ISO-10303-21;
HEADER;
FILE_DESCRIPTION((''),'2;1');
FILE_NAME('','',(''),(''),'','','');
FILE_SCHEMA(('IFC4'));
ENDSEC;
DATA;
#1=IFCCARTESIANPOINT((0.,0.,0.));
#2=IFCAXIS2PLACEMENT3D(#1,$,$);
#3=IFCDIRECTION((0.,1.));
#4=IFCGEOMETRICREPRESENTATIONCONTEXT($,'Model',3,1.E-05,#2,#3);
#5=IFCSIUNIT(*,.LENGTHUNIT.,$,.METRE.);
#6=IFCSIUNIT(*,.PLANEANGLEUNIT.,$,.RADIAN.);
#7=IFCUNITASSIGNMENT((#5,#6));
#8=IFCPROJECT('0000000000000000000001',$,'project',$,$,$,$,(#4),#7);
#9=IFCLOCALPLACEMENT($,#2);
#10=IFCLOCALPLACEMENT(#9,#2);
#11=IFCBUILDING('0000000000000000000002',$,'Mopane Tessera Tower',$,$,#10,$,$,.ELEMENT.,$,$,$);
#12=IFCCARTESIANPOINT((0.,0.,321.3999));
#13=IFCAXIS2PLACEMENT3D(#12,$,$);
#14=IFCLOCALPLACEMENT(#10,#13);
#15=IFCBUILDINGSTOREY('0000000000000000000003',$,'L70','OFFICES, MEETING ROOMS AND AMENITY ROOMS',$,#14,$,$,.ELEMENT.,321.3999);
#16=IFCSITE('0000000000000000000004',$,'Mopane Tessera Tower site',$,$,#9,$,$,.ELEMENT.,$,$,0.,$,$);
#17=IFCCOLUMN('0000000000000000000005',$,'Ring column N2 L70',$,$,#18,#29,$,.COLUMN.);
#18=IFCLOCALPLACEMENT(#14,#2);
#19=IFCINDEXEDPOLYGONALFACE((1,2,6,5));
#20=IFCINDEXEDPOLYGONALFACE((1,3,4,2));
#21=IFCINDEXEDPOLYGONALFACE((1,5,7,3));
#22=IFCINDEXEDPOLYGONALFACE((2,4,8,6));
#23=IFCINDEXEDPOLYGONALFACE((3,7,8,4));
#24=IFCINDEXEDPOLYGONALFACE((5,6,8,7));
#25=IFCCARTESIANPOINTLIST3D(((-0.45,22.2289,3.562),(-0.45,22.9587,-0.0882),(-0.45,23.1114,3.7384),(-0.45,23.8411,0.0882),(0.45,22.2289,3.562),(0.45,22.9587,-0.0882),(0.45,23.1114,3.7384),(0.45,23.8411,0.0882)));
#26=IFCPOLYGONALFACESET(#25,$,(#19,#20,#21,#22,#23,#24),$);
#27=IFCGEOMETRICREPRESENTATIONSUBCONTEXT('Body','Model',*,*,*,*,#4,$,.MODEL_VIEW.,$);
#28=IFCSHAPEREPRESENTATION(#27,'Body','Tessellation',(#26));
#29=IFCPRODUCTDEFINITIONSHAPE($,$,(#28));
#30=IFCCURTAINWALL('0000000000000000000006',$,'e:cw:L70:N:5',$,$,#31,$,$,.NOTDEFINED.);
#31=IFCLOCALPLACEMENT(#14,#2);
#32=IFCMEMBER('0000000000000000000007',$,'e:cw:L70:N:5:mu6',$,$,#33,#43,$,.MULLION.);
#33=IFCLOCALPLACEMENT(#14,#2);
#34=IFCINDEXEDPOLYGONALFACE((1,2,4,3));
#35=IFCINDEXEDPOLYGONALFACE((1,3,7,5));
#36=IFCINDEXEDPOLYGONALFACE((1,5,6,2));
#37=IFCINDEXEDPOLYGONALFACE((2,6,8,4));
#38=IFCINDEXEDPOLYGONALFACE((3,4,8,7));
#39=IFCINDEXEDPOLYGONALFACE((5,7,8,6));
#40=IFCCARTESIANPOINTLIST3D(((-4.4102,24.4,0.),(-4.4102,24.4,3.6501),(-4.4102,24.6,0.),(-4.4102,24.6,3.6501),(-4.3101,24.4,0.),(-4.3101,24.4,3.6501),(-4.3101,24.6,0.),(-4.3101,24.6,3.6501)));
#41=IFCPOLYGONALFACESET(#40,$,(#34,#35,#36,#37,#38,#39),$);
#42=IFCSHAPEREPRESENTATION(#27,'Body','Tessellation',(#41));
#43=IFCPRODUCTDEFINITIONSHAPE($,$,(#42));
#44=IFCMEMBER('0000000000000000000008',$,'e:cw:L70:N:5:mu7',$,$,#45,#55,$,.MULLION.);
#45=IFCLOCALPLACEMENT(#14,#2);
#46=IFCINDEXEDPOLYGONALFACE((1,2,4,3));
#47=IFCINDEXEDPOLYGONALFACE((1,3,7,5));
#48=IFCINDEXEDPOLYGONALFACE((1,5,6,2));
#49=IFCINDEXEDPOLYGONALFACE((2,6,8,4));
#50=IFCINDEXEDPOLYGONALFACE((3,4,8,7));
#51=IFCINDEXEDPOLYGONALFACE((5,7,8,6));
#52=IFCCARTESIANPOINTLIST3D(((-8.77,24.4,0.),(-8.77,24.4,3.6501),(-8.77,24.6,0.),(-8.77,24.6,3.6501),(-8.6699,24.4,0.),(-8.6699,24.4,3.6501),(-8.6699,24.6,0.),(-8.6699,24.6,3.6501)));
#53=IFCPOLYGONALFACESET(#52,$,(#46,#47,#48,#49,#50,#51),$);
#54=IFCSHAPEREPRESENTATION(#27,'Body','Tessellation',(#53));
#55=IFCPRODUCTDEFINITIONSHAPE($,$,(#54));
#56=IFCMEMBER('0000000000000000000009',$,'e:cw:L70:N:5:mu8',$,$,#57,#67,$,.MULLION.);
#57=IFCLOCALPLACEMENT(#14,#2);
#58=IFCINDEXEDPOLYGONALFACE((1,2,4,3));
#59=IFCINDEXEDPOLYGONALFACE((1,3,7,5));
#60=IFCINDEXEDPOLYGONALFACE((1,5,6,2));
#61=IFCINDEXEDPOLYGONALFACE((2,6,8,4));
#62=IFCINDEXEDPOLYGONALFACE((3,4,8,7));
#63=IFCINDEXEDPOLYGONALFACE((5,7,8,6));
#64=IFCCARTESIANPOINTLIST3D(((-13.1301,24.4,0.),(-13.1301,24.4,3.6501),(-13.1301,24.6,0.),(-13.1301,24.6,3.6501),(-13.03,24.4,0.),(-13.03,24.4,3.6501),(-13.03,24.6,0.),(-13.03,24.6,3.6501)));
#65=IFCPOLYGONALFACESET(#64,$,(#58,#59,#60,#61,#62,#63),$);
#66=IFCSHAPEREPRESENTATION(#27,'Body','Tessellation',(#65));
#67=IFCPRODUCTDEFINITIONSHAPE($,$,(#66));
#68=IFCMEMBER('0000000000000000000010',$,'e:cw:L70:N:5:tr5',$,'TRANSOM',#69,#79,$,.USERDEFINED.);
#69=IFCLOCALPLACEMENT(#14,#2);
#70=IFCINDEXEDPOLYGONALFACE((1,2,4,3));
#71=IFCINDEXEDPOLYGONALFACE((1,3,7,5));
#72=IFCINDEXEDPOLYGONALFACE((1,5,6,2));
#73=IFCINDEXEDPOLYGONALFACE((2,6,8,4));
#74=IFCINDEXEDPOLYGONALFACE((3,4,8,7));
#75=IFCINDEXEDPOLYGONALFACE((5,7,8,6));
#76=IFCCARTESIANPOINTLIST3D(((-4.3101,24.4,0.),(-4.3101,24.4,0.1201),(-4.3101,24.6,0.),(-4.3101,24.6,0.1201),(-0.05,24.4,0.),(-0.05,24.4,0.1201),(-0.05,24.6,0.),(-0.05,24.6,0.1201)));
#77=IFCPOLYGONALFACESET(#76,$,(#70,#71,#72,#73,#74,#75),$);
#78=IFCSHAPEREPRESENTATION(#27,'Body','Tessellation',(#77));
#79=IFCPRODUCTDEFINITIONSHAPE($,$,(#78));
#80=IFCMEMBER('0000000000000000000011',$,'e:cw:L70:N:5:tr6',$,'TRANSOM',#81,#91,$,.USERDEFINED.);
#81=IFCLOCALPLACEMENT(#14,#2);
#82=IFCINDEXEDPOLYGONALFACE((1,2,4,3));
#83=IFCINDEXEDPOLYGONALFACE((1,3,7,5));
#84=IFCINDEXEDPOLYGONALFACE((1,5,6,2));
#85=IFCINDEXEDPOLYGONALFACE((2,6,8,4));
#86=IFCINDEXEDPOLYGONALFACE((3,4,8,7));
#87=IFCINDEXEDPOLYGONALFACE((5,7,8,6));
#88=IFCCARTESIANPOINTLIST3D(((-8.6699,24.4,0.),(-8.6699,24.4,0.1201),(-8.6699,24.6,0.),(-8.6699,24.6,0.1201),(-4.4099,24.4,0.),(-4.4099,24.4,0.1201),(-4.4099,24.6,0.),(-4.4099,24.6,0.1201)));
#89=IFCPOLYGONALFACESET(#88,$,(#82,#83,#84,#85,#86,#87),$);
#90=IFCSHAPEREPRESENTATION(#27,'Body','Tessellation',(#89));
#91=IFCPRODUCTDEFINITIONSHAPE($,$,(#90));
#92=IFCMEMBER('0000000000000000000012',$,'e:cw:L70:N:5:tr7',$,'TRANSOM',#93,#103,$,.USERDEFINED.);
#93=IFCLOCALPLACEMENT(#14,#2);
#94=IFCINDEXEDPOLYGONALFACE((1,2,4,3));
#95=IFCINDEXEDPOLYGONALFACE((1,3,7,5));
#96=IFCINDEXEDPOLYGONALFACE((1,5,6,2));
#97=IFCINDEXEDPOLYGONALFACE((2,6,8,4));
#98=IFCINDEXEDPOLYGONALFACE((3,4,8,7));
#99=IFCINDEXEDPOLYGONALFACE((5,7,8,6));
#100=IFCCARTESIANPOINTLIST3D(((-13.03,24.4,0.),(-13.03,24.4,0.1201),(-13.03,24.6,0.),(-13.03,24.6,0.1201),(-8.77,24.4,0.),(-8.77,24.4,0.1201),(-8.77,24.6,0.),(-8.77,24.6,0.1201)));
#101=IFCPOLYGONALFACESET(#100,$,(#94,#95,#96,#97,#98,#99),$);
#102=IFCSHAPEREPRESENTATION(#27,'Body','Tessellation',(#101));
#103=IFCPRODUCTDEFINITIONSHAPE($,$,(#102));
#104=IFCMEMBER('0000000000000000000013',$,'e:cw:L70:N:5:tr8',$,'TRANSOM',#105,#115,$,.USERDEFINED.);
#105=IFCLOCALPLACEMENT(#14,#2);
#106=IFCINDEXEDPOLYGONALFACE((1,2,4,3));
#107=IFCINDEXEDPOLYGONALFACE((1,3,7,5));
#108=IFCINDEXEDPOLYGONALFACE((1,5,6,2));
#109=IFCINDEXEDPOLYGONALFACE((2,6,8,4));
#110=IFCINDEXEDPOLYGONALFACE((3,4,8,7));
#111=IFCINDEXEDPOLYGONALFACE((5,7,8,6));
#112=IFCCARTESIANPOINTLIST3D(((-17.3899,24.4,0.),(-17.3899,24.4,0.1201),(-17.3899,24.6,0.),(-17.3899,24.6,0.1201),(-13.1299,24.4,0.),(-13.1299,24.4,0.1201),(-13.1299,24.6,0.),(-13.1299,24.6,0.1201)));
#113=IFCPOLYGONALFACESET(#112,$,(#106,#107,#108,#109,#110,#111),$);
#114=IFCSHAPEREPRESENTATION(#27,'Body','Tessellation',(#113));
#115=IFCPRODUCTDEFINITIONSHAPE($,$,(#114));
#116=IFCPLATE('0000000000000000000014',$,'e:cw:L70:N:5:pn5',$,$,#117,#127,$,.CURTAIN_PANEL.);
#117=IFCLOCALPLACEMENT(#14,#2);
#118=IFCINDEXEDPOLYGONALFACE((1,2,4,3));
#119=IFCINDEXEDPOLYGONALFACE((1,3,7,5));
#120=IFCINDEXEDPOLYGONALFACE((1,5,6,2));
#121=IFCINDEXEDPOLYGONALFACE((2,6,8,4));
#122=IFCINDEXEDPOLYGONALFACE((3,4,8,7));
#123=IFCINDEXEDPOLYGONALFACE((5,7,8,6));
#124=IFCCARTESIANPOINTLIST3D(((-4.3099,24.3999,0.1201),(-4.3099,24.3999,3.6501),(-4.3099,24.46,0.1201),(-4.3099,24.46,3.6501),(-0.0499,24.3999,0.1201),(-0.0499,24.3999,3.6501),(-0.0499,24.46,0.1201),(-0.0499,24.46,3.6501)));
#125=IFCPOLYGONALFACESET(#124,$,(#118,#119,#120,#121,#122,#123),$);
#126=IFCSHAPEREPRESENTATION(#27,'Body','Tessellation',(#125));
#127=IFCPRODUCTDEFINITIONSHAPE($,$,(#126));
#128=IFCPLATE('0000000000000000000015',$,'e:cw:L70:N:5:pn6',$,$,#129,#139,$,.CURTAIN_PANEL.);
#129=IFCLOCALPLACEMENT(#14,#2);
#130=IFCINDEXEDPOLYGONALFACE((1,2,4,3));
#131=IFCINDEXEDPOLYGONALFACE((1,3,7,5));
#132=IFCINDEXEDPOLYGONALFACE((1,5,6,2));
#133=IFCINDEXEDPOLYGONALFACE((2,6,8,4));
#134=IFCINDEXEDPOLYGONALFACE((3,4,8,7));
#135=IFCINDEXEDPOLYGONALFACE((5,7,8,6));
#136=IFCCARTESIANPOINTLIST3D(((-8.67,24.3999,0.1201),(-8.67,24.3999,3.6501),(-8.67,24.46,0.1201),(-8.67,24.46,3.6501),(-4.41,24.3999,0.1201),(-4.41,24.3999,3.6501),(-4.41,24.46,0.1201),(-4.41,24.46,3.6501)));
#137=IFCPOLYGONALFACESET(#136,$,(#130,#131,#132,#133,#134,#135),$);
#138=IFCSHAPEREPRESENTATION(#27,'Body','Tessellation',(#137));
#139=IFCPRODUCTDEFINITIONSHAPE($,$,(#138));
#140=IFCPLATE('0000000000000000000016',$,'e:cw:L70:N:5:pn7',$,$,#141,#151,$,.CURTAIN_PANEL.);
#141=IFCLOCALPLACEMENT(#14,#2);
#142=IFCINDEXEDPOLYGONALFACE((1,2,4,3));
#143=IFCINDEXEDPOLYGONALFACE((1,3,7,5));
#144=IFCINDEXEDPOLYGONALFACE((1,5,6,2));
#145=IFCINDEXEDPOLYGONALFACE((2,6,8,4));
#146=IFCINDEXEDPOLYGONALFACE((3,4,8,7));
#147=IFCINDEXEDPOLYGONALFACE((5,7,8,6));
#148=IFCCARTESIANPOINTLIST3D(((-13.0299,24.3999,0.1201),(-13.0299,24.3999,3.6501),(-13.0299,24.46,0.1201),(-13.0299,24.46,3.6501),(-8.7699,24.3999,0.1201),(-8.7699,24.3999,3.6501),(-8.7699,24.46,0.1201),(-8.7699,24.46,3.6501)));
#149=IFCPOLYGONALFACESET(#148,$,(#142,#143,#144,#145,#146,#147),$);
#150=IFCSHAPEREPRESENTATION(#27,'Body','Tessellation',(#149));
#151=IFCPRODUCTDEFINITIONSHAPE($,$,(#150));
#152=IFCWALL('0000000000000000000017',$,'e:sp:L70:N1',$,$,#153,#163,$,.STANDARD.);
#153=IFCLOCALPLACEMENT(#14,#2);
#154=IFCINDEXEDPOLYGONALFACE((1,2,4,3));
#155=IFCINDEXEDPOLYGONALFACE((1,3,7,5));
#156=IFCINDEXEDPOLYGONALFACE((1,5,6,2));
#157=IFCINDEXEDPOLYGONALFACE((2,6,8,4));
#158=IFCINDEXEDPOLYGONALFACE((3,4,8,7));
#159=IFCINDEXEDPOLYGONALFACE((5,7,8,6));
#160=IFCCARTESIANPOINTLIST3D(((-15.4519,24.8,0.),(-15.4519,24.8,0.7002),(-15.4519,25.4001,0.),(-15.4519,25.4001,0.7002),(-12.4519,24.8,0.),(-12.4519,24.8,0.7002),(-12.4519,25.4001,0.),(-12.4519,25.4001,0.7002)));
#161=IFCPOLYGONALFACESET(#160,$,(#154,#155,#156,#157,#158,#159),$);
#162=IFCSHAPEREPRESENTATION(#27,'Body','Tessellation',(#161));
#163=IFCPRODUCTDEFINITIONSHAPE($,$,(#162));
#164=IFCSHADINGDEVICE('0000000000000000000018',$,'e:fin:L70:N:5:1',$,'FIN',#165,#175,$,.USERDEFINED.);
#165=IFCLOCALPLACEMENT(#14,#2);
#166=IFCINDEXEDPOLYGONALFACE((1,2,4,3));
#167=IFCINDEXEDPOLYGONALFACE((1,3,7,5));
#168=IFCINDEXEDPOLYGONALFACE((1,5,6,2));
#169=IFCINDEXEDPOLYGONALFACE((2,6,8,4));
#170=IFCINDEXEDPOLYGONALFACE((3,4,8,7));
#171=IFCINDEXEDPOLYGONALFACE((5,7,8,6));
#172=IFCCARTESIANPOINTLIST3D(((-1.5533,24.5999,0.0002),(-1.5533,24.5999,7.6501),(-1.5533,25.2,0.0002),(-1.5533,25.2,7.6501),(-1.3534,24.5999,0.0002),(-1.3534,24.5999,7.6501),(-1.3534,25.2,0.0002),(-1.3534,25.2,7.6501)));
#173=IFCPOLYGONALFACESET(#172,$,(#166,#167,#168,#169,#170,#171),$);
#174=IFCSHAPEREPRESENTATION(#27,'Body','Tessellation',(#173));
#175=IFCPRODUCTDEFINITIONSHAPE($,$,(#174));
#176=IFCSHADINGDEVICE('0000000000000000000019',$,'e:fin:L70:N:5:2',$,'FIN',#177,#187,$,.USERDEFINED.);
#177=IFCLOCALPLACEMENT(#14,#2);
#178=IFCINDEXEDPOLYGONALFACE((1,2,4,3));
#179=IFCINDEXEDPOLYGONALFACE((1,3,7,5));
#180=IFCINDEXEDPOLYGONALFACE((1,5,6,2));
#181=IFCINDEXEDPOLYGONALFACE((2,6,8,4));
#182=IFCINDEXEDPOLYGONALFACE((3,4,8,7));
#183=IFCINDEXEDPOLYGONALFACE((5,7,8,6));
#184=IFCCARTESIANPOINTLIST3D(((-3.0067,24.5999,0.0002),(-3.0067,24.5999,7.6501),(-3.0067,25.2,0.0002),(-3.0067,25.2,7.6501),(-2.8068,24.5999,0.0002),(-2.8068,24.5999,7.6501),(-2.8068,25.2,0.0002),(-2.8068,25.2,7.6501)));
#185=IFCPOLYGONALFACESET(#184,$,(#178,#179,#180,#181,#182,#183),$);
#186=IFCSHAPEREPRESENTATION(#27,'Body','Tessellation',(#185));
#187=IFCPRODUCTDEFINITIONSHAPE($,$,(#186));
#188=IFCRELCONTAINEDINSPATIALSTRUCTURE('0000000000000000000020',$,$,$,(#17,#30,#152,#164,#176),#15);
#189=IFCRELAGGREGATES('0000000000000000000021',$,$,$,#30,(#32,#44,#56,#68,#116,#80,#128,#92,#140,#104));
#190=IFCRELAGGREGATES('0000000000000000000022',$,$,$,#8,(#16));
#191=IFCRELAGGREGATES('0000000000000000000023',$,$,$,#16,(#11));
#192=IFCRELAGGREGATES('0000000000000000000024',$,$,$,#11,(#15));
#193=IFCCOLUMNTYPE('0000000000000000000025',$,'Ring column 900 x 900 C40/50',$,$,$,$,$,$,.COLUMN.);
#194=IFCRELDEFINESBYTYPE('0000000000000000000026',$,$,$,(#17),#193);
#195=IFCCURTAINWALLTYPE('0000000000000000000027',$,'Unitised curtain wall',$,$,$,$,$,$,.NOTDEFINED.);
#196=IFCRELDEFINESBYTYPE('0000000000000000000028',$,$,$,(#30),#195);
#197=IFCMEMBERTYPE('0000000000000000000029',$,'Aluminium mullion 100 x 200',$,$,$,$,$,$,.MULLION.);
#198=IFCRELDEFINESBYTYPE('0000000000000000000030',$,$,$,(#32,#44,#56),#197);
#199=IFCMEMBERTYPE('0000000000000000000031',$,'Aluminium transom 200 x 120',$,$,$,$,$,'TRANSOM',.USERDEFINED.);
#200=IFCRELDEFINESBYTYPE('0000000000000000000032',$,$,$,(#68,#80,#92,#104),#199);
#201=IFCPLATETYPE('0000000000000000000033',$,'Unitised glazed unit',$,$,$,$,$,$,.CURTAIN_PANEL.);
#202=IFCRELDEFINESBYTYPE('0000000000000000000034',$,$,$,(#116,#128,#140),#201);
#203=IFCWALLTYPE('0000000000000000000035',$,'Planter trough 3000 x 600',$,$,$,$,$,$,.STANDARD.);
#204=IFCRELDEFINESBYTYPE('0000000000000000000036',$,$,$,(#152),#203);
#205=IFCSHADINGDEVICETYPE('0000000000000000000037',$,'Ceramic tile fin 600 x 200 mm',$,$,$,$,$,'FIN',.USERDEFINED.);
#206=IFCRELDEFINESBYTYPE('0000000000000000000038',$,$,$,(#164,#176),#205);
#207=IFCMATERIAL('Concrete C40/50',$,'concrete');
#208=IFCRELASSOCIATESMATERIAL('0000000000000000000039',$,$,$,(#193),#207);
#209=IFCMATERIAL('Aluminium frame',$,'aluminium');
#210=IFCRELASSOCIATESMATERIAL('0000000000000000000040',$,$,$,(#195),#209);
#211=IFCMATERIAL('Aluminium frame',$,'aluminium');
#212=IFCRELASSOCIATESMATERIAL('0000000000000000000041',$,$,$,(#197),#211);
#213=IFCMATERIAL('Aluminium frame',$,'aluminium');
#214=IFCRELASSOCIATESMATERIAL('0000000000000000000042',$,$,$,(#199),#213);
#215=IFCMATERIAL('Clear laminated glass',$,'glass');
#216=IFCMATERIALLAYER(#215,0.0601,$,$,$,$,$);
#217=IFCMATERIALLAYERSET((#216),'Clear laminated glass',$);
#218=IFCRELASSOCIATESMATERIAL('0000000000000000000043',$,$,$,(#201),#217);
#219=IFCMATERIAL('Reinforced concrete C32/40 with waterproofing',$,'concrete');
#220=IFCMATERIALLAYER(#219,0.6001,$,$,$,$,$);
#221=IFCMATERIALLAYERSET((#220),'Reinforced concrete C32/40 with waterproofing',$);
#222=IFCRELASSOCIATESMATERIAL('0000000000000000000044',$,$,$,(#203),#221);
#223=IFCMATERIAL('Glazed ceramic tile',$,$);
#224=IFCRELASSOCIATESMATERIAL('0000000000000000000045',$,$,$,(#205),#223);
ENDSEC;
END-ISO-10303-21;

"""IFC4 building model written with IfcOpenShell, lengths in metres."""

from ifc_helpers import new_model, si_unit, direction, frame, frame_2d, origin, origin_2d, place, context, subcontext, project, spatial, rectangle, extrude, material, layer, layer_set, material_profile, profile_set, type_object, element, aggregate, save


model = new_model("IFC4")

# Units and contexts
model_context = context("Model", 3, precision=1e-05, world=origin(), true_north=direction((0.0, 1.0)))
body_context = subcontext(model_context, "Body", "Model", "MODEL_VIEW")
ifc_project = project(units=[si_unit("LENGTHUNIT", "METRE"), si_unit("PLANEANGLEUNIT", "RADIAN")], contexts=[model_context])

# Site, building, storey
site_placement = place(None, origin())
site = spatial("IfcSite", under=ifc_project, at=site_placement, Name="Mopane Tessera Tower site", CompositionType="ELEMENT", RefElevation=0.0)
building_placement = place(site_placement, origin())
building = spatial("IfcBuilding", under=site, at=building_placement, Name="Mopane Tessera Tower", CompositionType="ELEMENT")
storey_placement = place(building_placement, frame((0.0, 0.0, 321.3999)))
storey = spatial("IfcBuildingStorey", under=building, at=storey_placement, Name="L70", Description="OFFICES, MEETING ROOMS AND AMENITY ROOMS", CompositionType="ELEMENT", Elevation=321.3999)

# Column
ifc_material_1 = material(Name="Concrete C40/50", Category="concrete")
ifc_material_profile_1 = material_profile(ifc_material_1, rectangle(XDim=0.8999, YDim=0.8999, at=origin_2d()))
ifc_profile_set_1 = profile_set([ifc_material_profile_1], Name="Concrete C40/50")
column_type = type_object("IfcColumnType", Name="Ring column 900 x 900 C40/50", PredefinedType="COLUMN", material=ifc_profile_set_1)
column_placement = place(storey_placement, frame((0.0, 23.3999, 0.0), z_axis=(0.0, -0.19604, 0.980596), x_axis=(1.0, 0.0, 0.0)))
element("IfcColumn", 1, at=column_placement, inside=storey, type_object=column_type, Name="Ring column N2 L70", PredefinedType="COLUMN", context=body_context, shape_type="SweptSolid", body=[
    extrude(rectangle(XDim=0.8999, YDim=0.8999, at=origin_2d()), origin(), (0.0, 0.0, 1.0), 3.7224),
])

# Curtain wall, members, plates
ifc_material_2 = material(Name="Aluminium frame", Category="aluminium")
curtain_wall_type = type_object("IfcCurtainWallType", Name="Unitised curtain wall", PredefinedType="NOTDEFINED", material=ifc_material_2)
curtain_wall_placement = place(storey_placement, origin())
curtain_wall = element("IfcCurtainWall", 2, at=curtain_wall_placement, inside=storey, type_object=curtain_wall_type, Name="e:cw:L70:N:5", PredefinedType="NOTDEFINED")
ifc_material_3 = material(Name="Aluminium frame", Category="aluminium")
ifc_material_profile_2 = material_profile(ifc_material_3, rectangle(XDim=0.1001, YDim=0.2, at=origin_2d()))
ifc_profile_set_2 = profile_set([ifc_material_profile_2], Name="Aluminium frame")
member_type_1 = type_object("IfcMemberType", Name="Aluminium mullion 100 x 200", PredefinedType="MULLION", material=ifc_profile_set_2)
member_1_placement = place(storey_placement, frame((-4.3601, 24.5, 0.0), z_axis=(0.0, 0.0, 1.0), x_axis=(-1.0, 0.0, 0.0)))
member_1 = element("IfcMember", 3, at=member_1_placement, type_object=member_type_1, Name="e:cw:L70:N:5:mu6", PredefinedType="MULLION", context=body_context, shape_type="SweptSolid", body=[
    extrude(rectangle(XDim=0.1001, YDim=0.2, at=origin_2d()), origin(), (0.0, 0.0, 1.0), 3.6501),
])
member_2_placement = place(storey_placement, frame((-8.72, 24.5, 0.0), z_axis=(0.0, 0.0, 1.0), x_axis=(-1.0, 0.0, 0.0)))
member_2 = element("IfcMember", 4, at=member_2_placement, type_object=member_type_1, Name="e:cw:L70:N:5:mu7", PredefinedType="MULLION", context=body_context, shape_type="SweptSolid", body=[
    extrude(rectangle(XDim=0.1001, YDim=0.2, at=origin_2d()), origin(), (0.0, 0.0, 1.0), 3.6501),
])
member_3_placement = place(storey_placement, frame((-13.0801, 24.5, 0.0), z_axis=(0.0, 0.0, 1.0), x_axis=(-1.0, 0.0, 0.0)))
member_3 = element("IfcMember", 5, at=member_3_placement, type_object=member_type_1, Name="e:cw:L70:N:5:mu8", PredefinedType="MULLION", context=body_context, shape_type="SweptSolid", body=[
    extrude(rectangle(XDim=0.1001, YDim=0.2, at=origin_2d()), origin(), (0.0, 0.0, 1.0), 3.6501),
])
ifc_material_4 = material(Name="Aluminium frame", Category="aluminium")
ifc_material_profile_3 = material_profile(ifc_material_4, rectangle(XDim=0.2, YDim=0.1201, at=origin_2d()))
ifc_profile_set_3 = profile_set([ifc_material_profile_3], Name="Aluminium frame")
member_type_2 = type_object("IfcMemberType", Name="Aluminium transom 200 x 120", ElementType="TRANSOM", PredefinedType="USERDEFINED", material=ifc_profile_set_3)
member_4_placement = place(storey_placement, frame((-0.05, 24.5, 0.0601), z_axis=(-1.0, 0.0, 0.0), x_axis=(0.0, -1.0, 0.0)))
member_4 = element("IfcMember", 6, at=member_4_placement, type_object=member_type_2, Name="e:cw:L70:N:5:tr5", ObjectType="TRANSOM", PredefinedType="USERDEFINED", context=body_context, shape_type="SweptSolid", body=[
    extrude(rectangle(XDim=0.2, YDim=0.1201, at=origin_2d()), origin(), (0.0, 0.0, 1.0), 4.26),
])
member_5_placement = place(storey_placement, frame((-4.4099, 24.5, 0.0601), z_axis=(-1.0, 0.0, 0.0), x_axis=(0.0, -1.0, 0.0)))
member_5 = element("IfcMember", 7, at=member_5_placement, type_object=member_type_2, Name="e:cw:L70:N:5:tr6", ObjectType="TRANSOM", PredefinedType="USERDEFINED", context=body_context, shape_type="SweptSolid", body=[
    extrude(rectangle(XDim=0.2, YDim=0.1201, at=origin_2d()), origin(), (0.0, 0.0, 1.0), 4.26),
])
member_6_placement = place(storey_placement, frame((-8.77, 24.5, 0.0601), z_axis=(-1.0, 0.0, 0.0), x_axis=(0.0, -1.0, 0.0)))
member_6 = element("IfcMember", 8, at=member_6_placement, type_object=member_type_2, Name="e:cw:L70:N:5:tr7", ObjectType="TRANSOM", PredefinedType="USERDEFINED", context=body_context, shape_type="SweptSolid", body=[
    extrude(rectangle(XDim=0.2, YDim=0.1201, at=origin_2d()), origin(), (0.0, 0.0, 1.0), 4.26),
])
member_7_placement = place(storey_placement, frame((-13.1299, 24.5, 0.0601), z_axis=(-1.0, 0.0, 0.0), x_axis=(0.0, -1.0, 0.0)))
member_7 = element("IfcMember", 9, at=member_7_placement, type_object=member_type_2, Name="e:cw:L70:N:5:tr8", ObjectType="TRANSOM", PredefinedType="USERDEFINED", context=body_context, shape_type="SweptSolid", body=[
    extrude(rectangle(XDim=0.2, YDim=0.1201, at=origin_2d()), origin(), (0.0, 0.0, 1.0), 4.26),
])
ifc_material_5 = material(Name="Clear laminated glass", Category="glass")
ifc_layer_1 = layer(ifc_material_5, 0.0601)
ifc_layer_set_1 = layer_set([ifc_layer_1], Name="Clear laminated glass")
plate_type = type_object("IfcPlateType", Name="Unitised glazed unit", PredefinedType="CURTAIN_PANEL", material=ifc_layer_set_1)
plate_1_placement = place(storey_placement, frame((-2.1799, 24.4299, 0.1201), z_axis=(0.0, 0.0, 1.0), x_axis=(-1.0, 0.0, 0.0)))
plate_1 = element("IfcPlate", 10, at=plate_1_placement, type_object=plate_type, Name="e:cw:L70:N:5:pn5", PredefinedType="CURTAIN_PANEL", context=body_context, shape_type="SweptSolid", body=[
    extrude(rectangle(XDim=4.26, YDim=0.0601, at=origin_2d()), origin(), (0.0, 0.0, 1.0), 3.53),
])
plate_2_placement = place(storey_placement, frame((-6.54, 24.4299, 0.1201), z_axis=(0.0, 0.0, 1.0), x_axis=(-1.0, 0.0, 0.0)))
plate_2 = element("IfcPlate", 11, at=plate_2_placement, type_object=plate_type, Name="e:cw:L70:N:5:pn6", PredefinedType="CURTAIN_PANEL", context=body_context, shape_type="SweptSolid", body=[
    extrude(rectangle(XDim=4.26, YDim=0.0601, at=origin_2d()), origin(), (0.0, 0.0, 1.0), 3.53),
])
plate_3_placement = place(storey_placement, frame((-10.8999, 24.4299, 0.1201), z_axis=(0.0, 0.0, 1.0), x_axis=(-1.0, 0.0, 0.0)))
plate_3 = element("IfcPlate", 12, at=plate_3_placement, type_object=plate_type, Name="e:cw:L70:N:5:pn7", PredefinedType="CURTAIN_PANEL", context=body_context, shape_type="SweptSolid", body=[
    extrude(rectangle(XDim=4.26, YDim=0.0601, at=origin_2d()), origin(), (0.0, 0.0, 1.0), 3.53),
])
aggregate(curtain_wall, [member_1, member_2, member_3, member_4, plate_1, member_5, plate_2, member_6, plate_3, member_7])

# Wall
ifc_material_6 = material(Name="Reinforced concrete C32/40 with waterproofing", Category="concrete")
ifc_layer_2 = layer(ifc_material_6, 0.6001)
ifc_layer_set_2 = layer_set([ifc_layer_2], Name="Reinforced concrete C32/40 with waterproofing")
wall_type = type_object("IfcWallType", Name="Planter trough 3000 x 600", PredefinedType="STANDARD", material=ifc_layer_set_2)
wall_placement = place(storey_placement, frame((-12.4519, 25.1001, 0.0), z_axis=(0.0, 0.0, 1.0), x_axis=(-1.0, 0.0, 0.0)))
element("IfcWall", 13, at=wall_placement, inside=storey, type_object=wall_type, Name="e:sp:L70:N1", PredefinedType="STANDARD", context=body_context, shape_type="SweptSolid", body=[
    extrude(rectangle(XDim=3.0, YDim=0.6001, at=frame_2d((1.5, 0.0))), origin(), (0.0, 0.0, 1.0), 0.7002),
])

# Shading devices
ifc_material_7 = material(Name="Glazed ceramic tile")
shading_device_type = type_object("IfcShadingDeviceType", Name="Ceramic tile fin 600 x 200 mm", ElementType="FIN", PredefinedType="USERDEFINED", material=ifc_material_7)
for number, where, z_axis, x_axis, name in (
    (14, (-1.4534, 24.8999, 0.0002), (0.0, 0.0, 1.0), (-1.0, 0.0, 0.0), "e:fin:L70:N:5:1"),
    (15, (-2.9067, 24.8999, 0.0002), (0.0, 0.0, 1.0), (-1.0, 0.0, 0.0), "e:fin:L70:N:5:2"),
):
    element("IfcShadingDevice", number, at=place(storey_placement, frame(where, z_axis=z_axis, x_axis=x_axis)), inside=storey, type_object=shading_device_type, Name=name, ObjectType="FIN", PredefinedType="USERDEFINED", context=body_context, shape_type="SweptSolid", body=[
        extrude(rectangle(XDim=0.2, YDim=0.6001, at=origin_2d()), origin(), (0.0, 0.0, 1.0), 7.6499),
    ])

save(model, "model.ifc")
